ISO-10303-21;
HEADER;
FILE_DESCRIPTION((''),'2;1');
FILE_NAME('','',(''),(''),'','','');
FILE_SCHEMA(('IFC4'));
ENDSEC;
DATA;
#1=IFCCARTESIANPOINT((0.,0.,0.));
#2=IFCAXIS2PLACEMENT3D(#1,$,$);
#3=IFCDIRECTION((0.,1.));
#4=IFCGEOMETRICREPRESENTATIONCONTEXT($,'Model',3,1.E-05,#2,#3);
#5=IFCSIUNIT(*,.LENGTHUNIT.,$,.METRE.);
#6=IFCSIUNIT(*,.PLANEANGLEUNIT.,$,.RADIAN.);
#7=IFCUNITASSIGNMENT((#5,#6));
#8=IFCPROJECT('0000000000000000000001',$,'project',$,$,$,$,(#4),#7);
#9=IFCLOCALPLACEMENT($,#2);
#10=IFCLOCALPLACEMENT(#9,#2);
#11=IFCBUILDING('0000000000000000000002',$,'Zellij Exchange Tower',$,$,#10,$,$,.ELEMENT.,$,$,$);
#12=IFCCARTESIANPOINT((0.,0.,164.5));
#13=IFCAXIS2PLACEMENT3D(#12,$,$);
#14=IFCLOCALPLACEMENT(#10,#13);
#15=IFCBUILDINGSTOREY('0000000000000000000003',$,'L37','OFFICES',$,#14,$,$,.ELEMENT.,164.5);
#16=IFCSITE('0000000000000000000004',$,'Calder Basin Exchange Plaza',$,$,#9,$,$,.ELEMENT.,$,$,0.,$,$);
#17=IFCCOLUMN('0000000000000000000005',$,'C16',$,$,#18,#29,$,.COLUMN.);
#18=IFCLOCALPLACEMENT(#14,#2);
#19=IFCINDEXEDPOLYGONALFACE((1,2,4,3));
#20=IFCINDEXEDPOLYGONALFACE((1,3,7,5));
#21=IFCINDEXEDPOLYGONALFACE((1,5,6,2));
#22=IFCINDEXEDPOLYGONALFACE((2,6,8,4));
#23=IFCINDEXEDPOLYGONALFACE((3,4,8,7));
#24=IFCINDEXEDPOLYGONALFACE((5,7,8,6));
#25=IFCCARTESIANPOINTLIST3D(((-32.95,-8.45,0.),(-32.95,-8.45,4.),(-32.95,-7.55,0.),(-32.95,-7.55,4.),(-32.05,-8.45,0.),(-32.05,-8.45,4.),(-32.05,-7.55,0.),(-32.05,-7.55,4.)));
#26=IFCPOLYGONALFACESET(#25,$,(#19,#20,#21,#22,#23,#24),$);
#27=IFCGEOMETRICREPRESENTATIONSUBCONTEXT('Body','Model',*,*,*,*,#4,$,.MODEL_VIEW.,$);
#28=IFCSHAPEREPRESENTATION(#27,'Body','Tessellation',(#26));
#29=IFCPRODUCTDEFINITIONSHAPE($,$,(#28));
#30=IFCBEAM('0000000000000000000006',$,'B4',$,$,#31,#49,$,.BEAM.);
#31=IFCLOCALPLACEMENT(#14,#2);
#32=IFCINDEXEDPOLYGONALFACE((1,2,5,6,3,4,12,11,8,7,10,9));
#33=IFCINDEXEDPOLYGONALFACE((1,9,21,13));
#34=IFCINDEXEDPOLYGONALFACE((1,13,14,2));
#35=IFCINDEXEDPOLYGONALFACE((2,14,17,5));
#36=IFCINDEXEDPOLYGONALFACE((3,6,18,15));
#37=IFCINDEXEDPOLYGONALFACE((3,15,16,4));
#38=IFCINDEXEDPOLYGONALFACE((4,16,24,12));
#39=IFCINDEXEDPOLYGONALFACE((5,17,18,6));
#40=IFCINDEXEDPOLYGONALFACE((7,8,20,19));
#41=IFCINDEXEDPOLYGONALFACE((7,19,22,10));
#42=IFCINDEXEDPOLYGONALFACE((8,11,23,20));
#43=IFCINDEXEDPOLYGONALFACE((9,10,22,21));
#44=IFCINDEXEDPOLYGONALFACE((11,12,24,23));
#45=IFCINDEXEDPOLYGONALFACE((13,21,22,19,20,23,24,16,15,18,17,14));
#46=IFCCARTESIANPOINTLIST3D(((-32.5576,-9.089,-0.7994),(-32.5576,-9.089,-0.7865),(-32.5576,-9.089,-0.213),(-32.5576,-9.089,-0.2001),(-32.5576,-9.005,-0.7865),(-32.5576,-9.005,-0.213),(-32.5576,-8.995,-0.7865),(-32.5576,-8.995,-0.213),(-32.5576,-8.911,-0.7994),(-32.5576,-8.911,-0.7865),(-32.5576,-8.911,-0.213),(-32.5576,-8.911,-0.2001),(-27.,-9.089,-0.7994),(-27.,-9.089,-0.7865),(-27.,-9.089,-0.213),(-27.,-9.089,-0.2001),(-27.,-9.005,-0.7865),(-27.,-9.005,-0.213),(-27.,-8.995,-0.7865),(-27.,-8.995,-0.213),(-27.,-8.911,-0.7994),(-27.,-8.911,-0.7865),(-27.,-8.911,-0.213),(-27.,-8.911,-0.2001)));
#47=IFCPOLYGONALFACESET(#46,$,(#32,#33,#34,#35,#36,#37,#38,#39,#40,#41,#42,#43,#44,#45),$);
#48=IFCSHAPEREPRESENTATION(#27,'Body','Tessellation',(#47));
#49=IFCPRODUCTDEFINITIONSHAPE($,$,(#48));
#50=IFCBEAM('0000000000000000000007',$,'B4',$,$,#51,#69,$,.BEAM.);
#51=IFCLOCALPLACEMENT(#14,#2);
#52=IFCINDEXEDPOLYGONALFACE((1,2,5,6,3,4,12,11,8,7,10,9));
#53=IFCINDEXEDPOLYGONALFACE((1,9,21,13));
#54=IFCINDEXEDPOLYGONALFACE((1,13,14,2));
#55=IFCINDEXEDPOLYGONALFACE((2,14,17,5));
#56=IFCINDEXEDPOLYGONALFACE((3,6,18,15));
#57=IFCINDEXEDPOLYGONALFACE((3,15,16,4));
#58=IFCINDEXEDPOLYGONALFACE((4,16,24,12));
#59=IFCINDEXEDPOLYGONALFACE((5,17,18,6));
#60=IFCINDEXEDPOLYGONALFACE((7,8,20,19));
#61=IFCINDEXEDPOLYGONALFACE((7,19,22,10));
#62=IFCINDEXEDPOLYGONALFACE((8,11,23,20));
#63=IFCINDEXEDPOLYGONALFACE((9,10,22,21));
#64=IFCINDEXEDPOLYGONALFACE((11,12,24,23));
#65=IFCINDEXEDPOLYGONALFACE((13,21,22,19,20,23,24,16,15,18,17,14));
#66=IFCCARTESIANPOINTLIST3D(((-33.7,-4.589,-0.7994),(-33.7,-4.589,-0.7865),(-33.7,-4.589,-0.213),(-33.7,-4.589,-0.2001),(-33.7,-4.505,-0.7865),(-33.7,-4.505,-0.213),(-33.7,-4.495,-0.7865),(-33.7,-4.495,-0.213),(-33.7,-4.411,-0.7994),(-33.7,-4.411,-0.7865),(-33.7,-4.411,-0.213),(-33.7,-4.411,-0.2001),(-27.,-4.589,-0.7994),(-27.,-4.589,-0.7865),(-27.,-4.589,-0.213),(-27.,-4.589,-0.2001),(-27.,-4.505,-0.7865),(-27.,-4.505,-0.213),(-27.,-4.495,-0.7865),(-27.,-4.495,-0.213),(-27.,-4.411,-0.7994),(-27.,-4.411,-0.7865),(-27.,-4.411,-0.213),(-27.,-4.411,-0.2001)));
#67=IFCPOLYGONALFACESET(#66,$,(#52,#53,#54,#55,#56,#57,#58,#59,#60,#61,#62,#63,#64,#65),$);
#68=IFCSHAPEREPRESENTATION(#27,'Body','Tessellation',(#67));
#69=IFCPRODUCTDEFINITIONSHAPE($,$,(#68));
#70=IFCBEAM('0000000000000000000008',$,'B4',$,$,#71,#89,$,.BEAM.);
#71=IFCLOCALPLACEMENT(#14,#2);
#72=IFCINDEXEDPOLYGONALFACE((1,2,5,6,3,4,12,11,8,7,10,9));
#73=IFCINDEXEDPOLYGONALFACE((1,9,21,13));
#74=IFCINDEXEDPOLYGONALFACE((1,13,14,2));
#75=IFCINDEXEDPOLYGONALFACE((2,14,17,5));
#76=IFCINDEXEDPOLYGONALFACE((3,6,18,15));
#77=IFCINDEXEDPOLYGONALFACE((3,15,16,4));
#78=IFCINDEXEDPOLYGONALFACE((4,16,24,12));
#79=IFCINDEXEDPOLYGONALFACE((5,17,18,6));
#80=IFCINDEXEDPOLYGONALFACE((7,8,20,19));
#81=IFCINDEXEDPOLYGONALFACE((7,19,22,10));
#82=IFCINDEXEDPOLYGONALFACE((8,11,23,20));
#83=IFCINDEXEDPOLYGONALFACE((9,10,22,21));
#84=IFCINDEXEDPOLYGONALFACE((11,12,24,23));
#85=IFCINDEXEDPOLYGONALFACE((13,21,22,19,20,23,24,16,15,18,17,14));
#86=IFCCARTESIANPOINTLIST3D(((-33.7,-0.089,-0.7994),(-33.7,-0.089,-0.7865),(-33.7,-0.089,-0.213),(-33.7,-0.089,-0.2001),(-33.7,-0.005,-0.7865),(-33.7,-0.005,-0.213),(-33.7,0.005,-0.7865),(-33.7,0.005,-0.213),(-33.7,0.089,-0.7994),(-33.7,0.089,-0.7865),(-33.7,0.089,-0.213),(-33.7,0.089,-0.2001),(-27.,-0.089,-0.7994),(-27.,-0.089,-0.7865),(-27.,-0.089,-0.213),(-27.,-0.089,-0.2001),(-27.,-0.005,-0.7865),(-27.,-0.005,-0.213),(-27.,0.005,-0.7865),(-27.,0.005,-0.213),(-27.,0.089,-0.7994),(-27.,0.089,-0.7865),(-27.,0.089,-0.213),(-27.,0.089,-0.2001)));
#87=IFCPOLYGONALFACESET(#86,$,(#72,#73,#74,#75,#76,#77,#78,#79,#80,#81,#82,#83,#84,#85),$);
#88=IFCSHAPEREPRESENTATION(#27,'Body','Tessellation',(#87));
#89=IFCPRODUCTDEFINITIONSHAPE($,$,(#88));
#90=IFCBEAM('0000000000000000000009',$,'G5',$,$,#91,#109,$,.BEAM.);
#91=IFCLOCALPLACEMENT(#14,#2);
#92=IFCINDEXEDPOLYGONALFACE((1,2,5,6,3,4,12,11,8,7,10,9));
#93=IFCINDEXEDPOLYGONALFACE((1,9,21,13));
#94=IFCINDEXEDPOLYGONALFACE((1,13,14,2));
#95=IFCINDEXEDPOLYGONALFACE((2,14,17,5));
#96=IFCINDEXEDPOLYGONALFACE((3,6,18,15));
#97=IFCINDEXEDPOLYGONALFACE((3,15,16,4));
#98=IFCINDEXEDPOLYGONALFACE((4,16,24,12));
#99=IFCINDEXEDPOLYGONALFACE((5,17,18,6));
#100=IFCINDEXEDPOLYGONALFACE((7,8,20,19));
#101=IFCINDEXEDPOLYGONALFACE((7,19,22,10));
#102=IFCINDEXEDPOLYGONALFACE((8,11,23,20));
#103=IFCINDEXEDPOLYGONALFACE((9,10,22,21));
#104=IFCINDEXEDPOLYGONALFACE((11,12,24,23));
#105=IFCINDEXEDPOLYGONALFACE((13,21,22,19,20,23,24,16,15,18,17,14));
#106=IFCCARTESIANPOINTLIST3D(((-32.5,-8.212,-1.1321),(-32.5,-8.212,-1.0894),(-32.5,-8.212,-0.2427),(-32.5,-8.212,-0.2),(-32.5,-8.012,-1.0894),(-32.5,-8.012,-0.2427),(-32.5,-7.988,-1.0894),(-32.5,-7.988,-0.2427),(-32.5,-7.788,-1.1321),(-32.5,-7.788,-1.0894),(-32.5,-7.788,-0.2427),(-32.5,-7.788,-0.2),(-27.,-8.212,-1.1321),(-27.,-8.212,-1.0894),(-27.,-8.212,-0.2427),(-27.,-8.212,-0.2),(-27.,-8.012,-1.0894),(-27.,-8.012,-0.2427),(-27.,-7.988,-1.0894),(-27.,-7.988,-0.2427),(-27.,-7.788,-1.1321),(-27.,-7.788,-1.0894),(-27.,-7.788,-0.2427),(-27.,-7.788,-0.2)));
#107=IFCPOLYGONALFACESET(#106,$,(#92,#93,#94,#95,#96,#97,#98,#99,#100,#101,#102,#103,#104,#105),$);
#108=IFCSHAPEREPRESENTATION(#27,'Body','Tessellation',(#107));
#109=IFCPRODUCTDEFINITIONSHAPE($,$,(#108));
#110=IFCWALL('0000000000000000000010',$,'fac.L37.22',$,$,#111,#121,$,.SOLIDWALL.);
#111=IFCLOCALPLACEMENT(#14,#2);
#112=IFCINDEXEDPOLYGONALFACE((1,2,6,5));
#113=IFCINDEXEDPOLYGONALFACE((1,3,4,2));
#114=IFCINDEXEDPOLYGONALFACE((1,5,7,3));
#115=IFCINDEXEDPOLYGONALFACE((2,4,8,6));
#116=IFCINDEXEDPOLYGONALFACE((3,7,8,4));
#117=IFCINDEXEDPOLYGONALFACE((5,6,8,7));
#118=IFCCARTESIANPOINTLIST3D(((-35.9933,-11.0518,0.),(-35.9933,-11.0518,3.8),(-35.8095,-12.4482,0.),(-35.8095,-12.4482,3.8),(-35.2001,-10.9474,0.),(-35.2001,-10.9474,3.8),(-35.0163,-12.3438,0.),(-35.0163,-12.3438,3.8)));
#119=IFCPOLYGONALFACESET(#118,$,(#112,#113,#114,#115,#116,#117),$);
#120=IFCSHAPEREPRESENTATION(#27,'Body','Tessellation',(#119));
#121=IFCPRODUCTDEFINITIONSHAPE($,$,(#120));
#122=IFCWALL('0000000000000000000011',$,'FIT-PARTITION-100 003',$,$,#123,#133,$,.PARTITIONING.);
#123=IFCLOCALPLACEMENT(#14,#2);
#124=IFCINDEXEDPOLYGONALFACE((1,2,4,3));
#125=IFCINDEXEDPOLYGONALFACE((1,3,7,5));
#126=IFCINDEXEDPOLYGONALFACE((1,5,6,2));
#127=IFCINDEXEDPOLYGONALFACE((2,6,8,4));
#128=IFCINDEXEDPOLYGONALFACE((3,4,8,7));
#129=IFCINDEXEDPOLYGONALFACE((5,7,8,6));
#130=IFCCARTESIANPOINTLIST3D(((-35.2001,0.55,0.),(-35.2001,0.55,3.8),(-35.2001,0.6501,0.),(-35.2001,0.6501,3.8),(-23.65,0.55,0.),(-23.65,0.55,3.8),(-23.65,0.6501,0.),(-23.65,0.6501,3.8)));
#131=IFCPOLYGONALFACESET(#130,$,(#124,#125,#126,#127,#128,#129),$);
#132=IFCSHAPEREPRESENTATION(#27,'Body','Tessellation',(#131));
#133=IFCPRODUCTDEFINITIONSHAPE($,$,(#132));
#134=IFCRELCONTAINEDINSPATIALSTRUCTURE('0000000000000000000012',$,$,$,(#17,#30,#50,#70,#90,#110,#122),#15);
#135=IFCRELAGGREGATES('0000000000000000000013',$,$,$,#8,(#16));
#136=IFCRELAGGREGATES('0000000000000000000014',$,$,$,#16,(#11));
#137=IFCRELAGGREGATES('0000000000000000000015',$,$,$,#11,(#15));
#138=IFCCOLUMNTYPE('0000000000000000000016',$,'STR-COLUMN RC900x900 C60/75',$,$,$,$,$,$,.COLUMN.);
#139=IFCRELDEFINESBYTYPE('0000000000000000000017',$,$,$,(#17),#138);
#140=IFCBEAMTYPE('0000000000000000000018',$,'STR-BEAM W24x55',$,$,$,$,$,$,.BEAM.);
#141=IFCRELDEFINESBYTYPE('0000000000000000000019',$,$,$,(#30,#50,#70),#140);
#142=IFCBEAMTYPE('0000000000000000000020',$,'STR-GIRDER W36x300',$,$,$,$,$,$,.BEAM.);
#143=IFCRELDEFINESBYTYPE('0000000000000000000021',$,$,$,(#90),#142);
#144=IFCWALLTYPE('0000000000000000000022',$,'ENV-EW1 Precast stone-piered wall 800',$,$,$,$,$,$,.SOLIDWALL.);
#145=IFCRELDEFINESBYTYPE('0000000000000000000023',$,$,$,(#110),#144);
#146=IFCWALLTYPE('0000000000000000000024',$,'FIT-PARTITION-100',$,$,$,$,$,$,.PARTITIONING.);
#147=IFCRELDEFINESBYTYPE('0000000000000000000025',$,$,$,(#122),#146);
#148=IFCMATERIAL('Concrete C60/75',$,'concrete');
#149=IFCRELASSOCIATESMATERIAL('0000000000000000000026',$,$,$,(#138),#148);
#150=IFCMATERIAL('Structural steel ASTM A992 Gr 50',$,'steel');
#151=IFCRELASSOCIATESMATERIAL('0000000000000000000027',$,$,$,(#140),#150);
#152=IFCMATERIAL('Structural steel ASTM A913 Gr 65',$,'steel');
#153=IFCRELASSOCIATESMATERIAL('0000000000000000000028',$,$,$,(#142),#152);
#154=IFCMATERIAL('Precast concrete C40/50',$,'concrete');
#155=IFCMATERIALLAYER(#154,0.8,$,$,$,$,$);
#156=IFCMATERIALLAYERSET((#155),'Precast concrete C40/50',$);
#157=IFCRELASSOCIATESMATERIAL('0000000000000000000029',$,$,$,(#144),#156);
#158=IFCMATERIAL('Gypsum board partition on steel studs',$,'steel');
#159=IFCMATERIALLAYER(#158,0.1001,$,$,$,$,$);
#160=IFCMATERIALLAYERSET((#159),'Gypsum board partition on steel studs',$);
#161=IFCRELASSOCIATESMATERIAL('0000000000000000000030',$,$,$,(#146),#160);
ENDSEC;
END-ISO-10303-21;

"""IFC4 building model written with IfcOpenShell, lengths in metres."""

from ifc_helpers import new_model, si_unit, direction, frame, frame_2d, origin, origin_2d, place, context, subcontext, project, spatial, rectangle, i_section, extrude, material, layer, layer_set, material_profile, profile_set, type_object, element, save


model = new_model("IFC4")

# Units and contexts
model_context = context("Model", 3, precision=1e-05, world=origin(), true_north=direction((0.0, 1.0)))
body_context = subcontext(model_context, "Body", "Model", "MODEL_VIEW")
ifc_project = project(units=[si_unit("LENGTHUNIT", "METRE"), si_unit("PLANEANGLEUNIT", "RADIAN")], contexts=[model_context])

# Site, building, storey
site_placement = place(None, origin())
site = spatial("IfcSite", under=ifc_project, at=site_placement, Name="Calder Basin Exchange Plaza", CompositionType="ELEMENT", RefElevation=0.0)
building_placement = place(site_placement, origin())
building = spatial("IfcBuilding", under=site, at=building_placement, Name="Zellij Exchange Tower", CompositionType="ELEMENT")
storey_placement = place(building_placement, frame((0.0, 0.0, 164.5)))
storey = spatial("IfcBuildingStorey", under=building, at=storey_placement, Name="L37", Description="OFFICES", CompositionType="ELEMENT", Elevation=164.5)

# Column
ifc_material_1 = material(Name="Concrete C60/75", Category="concrete")
ifc_material_profile_1 = material_profile(ifc_material_1, rectangle(XDim=0.8999, YDim=0.8999, at=origin_2d()), Name="STR-COLUMN RC900x900 C60/75")
ifc_profile_set_1 = profile_set([ifc_material_profile_1], Name="Concrete C60/75")
column_type = type_object("IfcColumnType", Name="STR-COLUMN RC900x900 C60/75", PredefinedType="COLUMN", material=ifc_profile_set_1)
column_placement = place(storey_placement, frame((-32.5, -8.0, 0.0), z_axis=(0.0, 0.0, 1.0), x_axis=(1.0, 0.0, 0.0)))
element("IfcColumn", 1, at=column_placement, inside=storey, type_object=column_type, Name="C16", PredefinedType="COLUMN", context=body_context, shape_type="SweptSolid", body=[
    extrude(rectangle(XDim=0.8999, YDim=0.8999, at=origin_2d()), origin(), (0.0, 0.0, 1.0), 4.0),
])

# Beams
ifc_material_2 = material(Name="Structural steel ASTM A992 Gr 50", Category="steel")
ifc_material_profile_2 = material_profile(ifc_material_2, i_section(OverallWidth=0.178, OverallDepth=0.5994, WebThickness=0.01, FlangeThickness=0.0129, at=origin_2d()), Name="W24x55")
ifc_profile_set_2 = profile_set([ifc_material_profile_2], Name="Structural steel ASTM A992 Gr 50")
beam_type_1 = type_object("IfcBeamType", Name="STR-BEAM W24x55", PredefinedType="BEAM", material=ifc_profile_set_2)
beam_1_placement = place(storey_placement, frame((-32.5576, -9.0, -0.4998), z_axis=(1.0, 0.0, 0.0), x_axis=(0.0, 1.0, 0.0)))
element("IfcBeam", 2, at=beam_1_placement, inside=storey, type_object=beam_type_1, Name="B4", PredefinedType="BEAM", context=body_context, shape_type="SweptSolid", body=[
    extrude(i_section(OverallWidth=0.178, OverallDepth=0.5994, WebThickness=0.01, FlangeThickness=0.0129, at=origin_2d()), origin(), (0.0, 0.0, 1.0), 5.5576),
])
for number, where, z_axis, x_axis, name in (
    (3, (-33.7, -4.5, -0.4998), (1.0, 0.0, 0.0), (0.0, 1.0, 0.0), "B4"),
    (4, (-33.7, 0.0, -0.4998), (1.0, 0.0, 0.0), (0.0, 1.0, 0.0), "B4"),
):
    element("IfcBeam", number, at=place(storey_placement, frame(where, z_axis=z_axis, x_axis=x_axis)), inside=storey, type_object=beam_type_1, Name=name, PredefinedType="BEAM", context=body_context, shape_type="SweptSolid", body=[
        extrude(i_section(OverallWidth=0.178, OverallDepth=0.5994, WebThickness=0.01, FlangeThickness=0.0129, at=origin_2d()), origin(), (0.0, 0.0, 1.0), 6.7),
    ])
ifc_material_3 = material(Name="Structural steel ASTM A913 Gr 65", Category="steel")
ifc_material_profile_3 = material_profile(ifc_material_3, i_section(OverallWidth=0.4241, OverallDepth=0.9321, WebThickness=0.0239, FlangeThickness=0.0427, at=origin_2d()), Name="W36x300")
ifc_profile_set_3 = profile_set([ifc_material_profile_3], Name="Structural steel ASTM A913 Gr 65")
beam_type_2 = type_object("IfcBeamType", Name="STR-GIRDER W36x300", PredefinedType="BEAM", material=ifc_profile_set_3)
beam_2_placement = place(storey_placement, frame((-32.5, -8.0, -0.666), z_axis=(1.0, 0.0, 0.0), x_axis=(0.0, 1.0, 0.0)))
element("IfcBeam", 5, at=beam_2_placement, inside=storey, type_object=beam_type_2, Name="G5", PredefinedType="BEAM", context=body_context, shape_type="SweptSolid", body=[
    extrude(i_section(OverallWidth=0.4241, OverallDepth=0.9321, WebThickness=0.0239, FlangeThickness=0.0427, at=origin_2d()), origin(), (0.0, 0.0, 1.0), 5.5),
])

# Walls
ifc_material_4 = material(Name="Precast concrete C40/50", Category="concrete")
ifc_layer_1 = layer(ifc_material_4, 0.8)
ifc_layer_set_1 = layer_set([ifc_layer_1], Name="Precast concrete C40/50")
wall_type_1 = type_object("IfcWallType", Name="ENV-EW1 Precast stone-piered wall 800", PredefinedType="SOLIDWALL", material=ifc_layer_set_1)
wall_1_placement = place(storey_placement, frame((-35.5967, -10.9998, 0.0), z_axis=(0.0, 0.0, 1.0), x_axis=(0.130517, -0.991446, 0.0)))
element("IfcWall", 6, at=wall_1_placement, inside=storey, type_object=wall_type_1, Name="fac.L37.22", PredefinedType="SOLIDWALL", context=body_context, shape_type="SweptSolid", body=[
    extrude(rectangle(XDim=1.4084, YDim=0.8, at=frame_2d((0.7041, 0.0))), origin(), (0.0, 0.0, 1.0), 3.8),
])
ifc_material_5 = material(Name="Gypsum board partition on steel studs", Category="steel")
ifc_layer_2 = layer(ifc_material_5, 0.1001)
ifc_layer_set_2 = layer_set([ifc_layer_2], Name="Gypsum board partition on steel studs")
wall_type_2 = type_object("IfcWallType", Name="FIT-PARTITION-100", PredefinedType="PARTITIONING", material=ifc_layer_set_2)
wall_2_placement = place(storey_placement, frame((-35.2, 0.6001, 0.0), z_axis=(0.0, 0.0, 1.0), x_axis=(1.0, 0.0, 0.0)))
element("IfcWall", 7, at=wall_2_placement, inside=storey, type_object=wall_type_2, Name="FIT-PARTITION-100 003", PredefinedType="PARTITIONING", context=body_context, shape_type="SweptSolid", body=[
    extrude(rectangle(XDim=11.55, YDim=0.1001, at=frame_2d((5.7749, 0.0))), origin(), (0.0, 0.0, 1.0), 3.8),
])

save(model, "model.ifc")
